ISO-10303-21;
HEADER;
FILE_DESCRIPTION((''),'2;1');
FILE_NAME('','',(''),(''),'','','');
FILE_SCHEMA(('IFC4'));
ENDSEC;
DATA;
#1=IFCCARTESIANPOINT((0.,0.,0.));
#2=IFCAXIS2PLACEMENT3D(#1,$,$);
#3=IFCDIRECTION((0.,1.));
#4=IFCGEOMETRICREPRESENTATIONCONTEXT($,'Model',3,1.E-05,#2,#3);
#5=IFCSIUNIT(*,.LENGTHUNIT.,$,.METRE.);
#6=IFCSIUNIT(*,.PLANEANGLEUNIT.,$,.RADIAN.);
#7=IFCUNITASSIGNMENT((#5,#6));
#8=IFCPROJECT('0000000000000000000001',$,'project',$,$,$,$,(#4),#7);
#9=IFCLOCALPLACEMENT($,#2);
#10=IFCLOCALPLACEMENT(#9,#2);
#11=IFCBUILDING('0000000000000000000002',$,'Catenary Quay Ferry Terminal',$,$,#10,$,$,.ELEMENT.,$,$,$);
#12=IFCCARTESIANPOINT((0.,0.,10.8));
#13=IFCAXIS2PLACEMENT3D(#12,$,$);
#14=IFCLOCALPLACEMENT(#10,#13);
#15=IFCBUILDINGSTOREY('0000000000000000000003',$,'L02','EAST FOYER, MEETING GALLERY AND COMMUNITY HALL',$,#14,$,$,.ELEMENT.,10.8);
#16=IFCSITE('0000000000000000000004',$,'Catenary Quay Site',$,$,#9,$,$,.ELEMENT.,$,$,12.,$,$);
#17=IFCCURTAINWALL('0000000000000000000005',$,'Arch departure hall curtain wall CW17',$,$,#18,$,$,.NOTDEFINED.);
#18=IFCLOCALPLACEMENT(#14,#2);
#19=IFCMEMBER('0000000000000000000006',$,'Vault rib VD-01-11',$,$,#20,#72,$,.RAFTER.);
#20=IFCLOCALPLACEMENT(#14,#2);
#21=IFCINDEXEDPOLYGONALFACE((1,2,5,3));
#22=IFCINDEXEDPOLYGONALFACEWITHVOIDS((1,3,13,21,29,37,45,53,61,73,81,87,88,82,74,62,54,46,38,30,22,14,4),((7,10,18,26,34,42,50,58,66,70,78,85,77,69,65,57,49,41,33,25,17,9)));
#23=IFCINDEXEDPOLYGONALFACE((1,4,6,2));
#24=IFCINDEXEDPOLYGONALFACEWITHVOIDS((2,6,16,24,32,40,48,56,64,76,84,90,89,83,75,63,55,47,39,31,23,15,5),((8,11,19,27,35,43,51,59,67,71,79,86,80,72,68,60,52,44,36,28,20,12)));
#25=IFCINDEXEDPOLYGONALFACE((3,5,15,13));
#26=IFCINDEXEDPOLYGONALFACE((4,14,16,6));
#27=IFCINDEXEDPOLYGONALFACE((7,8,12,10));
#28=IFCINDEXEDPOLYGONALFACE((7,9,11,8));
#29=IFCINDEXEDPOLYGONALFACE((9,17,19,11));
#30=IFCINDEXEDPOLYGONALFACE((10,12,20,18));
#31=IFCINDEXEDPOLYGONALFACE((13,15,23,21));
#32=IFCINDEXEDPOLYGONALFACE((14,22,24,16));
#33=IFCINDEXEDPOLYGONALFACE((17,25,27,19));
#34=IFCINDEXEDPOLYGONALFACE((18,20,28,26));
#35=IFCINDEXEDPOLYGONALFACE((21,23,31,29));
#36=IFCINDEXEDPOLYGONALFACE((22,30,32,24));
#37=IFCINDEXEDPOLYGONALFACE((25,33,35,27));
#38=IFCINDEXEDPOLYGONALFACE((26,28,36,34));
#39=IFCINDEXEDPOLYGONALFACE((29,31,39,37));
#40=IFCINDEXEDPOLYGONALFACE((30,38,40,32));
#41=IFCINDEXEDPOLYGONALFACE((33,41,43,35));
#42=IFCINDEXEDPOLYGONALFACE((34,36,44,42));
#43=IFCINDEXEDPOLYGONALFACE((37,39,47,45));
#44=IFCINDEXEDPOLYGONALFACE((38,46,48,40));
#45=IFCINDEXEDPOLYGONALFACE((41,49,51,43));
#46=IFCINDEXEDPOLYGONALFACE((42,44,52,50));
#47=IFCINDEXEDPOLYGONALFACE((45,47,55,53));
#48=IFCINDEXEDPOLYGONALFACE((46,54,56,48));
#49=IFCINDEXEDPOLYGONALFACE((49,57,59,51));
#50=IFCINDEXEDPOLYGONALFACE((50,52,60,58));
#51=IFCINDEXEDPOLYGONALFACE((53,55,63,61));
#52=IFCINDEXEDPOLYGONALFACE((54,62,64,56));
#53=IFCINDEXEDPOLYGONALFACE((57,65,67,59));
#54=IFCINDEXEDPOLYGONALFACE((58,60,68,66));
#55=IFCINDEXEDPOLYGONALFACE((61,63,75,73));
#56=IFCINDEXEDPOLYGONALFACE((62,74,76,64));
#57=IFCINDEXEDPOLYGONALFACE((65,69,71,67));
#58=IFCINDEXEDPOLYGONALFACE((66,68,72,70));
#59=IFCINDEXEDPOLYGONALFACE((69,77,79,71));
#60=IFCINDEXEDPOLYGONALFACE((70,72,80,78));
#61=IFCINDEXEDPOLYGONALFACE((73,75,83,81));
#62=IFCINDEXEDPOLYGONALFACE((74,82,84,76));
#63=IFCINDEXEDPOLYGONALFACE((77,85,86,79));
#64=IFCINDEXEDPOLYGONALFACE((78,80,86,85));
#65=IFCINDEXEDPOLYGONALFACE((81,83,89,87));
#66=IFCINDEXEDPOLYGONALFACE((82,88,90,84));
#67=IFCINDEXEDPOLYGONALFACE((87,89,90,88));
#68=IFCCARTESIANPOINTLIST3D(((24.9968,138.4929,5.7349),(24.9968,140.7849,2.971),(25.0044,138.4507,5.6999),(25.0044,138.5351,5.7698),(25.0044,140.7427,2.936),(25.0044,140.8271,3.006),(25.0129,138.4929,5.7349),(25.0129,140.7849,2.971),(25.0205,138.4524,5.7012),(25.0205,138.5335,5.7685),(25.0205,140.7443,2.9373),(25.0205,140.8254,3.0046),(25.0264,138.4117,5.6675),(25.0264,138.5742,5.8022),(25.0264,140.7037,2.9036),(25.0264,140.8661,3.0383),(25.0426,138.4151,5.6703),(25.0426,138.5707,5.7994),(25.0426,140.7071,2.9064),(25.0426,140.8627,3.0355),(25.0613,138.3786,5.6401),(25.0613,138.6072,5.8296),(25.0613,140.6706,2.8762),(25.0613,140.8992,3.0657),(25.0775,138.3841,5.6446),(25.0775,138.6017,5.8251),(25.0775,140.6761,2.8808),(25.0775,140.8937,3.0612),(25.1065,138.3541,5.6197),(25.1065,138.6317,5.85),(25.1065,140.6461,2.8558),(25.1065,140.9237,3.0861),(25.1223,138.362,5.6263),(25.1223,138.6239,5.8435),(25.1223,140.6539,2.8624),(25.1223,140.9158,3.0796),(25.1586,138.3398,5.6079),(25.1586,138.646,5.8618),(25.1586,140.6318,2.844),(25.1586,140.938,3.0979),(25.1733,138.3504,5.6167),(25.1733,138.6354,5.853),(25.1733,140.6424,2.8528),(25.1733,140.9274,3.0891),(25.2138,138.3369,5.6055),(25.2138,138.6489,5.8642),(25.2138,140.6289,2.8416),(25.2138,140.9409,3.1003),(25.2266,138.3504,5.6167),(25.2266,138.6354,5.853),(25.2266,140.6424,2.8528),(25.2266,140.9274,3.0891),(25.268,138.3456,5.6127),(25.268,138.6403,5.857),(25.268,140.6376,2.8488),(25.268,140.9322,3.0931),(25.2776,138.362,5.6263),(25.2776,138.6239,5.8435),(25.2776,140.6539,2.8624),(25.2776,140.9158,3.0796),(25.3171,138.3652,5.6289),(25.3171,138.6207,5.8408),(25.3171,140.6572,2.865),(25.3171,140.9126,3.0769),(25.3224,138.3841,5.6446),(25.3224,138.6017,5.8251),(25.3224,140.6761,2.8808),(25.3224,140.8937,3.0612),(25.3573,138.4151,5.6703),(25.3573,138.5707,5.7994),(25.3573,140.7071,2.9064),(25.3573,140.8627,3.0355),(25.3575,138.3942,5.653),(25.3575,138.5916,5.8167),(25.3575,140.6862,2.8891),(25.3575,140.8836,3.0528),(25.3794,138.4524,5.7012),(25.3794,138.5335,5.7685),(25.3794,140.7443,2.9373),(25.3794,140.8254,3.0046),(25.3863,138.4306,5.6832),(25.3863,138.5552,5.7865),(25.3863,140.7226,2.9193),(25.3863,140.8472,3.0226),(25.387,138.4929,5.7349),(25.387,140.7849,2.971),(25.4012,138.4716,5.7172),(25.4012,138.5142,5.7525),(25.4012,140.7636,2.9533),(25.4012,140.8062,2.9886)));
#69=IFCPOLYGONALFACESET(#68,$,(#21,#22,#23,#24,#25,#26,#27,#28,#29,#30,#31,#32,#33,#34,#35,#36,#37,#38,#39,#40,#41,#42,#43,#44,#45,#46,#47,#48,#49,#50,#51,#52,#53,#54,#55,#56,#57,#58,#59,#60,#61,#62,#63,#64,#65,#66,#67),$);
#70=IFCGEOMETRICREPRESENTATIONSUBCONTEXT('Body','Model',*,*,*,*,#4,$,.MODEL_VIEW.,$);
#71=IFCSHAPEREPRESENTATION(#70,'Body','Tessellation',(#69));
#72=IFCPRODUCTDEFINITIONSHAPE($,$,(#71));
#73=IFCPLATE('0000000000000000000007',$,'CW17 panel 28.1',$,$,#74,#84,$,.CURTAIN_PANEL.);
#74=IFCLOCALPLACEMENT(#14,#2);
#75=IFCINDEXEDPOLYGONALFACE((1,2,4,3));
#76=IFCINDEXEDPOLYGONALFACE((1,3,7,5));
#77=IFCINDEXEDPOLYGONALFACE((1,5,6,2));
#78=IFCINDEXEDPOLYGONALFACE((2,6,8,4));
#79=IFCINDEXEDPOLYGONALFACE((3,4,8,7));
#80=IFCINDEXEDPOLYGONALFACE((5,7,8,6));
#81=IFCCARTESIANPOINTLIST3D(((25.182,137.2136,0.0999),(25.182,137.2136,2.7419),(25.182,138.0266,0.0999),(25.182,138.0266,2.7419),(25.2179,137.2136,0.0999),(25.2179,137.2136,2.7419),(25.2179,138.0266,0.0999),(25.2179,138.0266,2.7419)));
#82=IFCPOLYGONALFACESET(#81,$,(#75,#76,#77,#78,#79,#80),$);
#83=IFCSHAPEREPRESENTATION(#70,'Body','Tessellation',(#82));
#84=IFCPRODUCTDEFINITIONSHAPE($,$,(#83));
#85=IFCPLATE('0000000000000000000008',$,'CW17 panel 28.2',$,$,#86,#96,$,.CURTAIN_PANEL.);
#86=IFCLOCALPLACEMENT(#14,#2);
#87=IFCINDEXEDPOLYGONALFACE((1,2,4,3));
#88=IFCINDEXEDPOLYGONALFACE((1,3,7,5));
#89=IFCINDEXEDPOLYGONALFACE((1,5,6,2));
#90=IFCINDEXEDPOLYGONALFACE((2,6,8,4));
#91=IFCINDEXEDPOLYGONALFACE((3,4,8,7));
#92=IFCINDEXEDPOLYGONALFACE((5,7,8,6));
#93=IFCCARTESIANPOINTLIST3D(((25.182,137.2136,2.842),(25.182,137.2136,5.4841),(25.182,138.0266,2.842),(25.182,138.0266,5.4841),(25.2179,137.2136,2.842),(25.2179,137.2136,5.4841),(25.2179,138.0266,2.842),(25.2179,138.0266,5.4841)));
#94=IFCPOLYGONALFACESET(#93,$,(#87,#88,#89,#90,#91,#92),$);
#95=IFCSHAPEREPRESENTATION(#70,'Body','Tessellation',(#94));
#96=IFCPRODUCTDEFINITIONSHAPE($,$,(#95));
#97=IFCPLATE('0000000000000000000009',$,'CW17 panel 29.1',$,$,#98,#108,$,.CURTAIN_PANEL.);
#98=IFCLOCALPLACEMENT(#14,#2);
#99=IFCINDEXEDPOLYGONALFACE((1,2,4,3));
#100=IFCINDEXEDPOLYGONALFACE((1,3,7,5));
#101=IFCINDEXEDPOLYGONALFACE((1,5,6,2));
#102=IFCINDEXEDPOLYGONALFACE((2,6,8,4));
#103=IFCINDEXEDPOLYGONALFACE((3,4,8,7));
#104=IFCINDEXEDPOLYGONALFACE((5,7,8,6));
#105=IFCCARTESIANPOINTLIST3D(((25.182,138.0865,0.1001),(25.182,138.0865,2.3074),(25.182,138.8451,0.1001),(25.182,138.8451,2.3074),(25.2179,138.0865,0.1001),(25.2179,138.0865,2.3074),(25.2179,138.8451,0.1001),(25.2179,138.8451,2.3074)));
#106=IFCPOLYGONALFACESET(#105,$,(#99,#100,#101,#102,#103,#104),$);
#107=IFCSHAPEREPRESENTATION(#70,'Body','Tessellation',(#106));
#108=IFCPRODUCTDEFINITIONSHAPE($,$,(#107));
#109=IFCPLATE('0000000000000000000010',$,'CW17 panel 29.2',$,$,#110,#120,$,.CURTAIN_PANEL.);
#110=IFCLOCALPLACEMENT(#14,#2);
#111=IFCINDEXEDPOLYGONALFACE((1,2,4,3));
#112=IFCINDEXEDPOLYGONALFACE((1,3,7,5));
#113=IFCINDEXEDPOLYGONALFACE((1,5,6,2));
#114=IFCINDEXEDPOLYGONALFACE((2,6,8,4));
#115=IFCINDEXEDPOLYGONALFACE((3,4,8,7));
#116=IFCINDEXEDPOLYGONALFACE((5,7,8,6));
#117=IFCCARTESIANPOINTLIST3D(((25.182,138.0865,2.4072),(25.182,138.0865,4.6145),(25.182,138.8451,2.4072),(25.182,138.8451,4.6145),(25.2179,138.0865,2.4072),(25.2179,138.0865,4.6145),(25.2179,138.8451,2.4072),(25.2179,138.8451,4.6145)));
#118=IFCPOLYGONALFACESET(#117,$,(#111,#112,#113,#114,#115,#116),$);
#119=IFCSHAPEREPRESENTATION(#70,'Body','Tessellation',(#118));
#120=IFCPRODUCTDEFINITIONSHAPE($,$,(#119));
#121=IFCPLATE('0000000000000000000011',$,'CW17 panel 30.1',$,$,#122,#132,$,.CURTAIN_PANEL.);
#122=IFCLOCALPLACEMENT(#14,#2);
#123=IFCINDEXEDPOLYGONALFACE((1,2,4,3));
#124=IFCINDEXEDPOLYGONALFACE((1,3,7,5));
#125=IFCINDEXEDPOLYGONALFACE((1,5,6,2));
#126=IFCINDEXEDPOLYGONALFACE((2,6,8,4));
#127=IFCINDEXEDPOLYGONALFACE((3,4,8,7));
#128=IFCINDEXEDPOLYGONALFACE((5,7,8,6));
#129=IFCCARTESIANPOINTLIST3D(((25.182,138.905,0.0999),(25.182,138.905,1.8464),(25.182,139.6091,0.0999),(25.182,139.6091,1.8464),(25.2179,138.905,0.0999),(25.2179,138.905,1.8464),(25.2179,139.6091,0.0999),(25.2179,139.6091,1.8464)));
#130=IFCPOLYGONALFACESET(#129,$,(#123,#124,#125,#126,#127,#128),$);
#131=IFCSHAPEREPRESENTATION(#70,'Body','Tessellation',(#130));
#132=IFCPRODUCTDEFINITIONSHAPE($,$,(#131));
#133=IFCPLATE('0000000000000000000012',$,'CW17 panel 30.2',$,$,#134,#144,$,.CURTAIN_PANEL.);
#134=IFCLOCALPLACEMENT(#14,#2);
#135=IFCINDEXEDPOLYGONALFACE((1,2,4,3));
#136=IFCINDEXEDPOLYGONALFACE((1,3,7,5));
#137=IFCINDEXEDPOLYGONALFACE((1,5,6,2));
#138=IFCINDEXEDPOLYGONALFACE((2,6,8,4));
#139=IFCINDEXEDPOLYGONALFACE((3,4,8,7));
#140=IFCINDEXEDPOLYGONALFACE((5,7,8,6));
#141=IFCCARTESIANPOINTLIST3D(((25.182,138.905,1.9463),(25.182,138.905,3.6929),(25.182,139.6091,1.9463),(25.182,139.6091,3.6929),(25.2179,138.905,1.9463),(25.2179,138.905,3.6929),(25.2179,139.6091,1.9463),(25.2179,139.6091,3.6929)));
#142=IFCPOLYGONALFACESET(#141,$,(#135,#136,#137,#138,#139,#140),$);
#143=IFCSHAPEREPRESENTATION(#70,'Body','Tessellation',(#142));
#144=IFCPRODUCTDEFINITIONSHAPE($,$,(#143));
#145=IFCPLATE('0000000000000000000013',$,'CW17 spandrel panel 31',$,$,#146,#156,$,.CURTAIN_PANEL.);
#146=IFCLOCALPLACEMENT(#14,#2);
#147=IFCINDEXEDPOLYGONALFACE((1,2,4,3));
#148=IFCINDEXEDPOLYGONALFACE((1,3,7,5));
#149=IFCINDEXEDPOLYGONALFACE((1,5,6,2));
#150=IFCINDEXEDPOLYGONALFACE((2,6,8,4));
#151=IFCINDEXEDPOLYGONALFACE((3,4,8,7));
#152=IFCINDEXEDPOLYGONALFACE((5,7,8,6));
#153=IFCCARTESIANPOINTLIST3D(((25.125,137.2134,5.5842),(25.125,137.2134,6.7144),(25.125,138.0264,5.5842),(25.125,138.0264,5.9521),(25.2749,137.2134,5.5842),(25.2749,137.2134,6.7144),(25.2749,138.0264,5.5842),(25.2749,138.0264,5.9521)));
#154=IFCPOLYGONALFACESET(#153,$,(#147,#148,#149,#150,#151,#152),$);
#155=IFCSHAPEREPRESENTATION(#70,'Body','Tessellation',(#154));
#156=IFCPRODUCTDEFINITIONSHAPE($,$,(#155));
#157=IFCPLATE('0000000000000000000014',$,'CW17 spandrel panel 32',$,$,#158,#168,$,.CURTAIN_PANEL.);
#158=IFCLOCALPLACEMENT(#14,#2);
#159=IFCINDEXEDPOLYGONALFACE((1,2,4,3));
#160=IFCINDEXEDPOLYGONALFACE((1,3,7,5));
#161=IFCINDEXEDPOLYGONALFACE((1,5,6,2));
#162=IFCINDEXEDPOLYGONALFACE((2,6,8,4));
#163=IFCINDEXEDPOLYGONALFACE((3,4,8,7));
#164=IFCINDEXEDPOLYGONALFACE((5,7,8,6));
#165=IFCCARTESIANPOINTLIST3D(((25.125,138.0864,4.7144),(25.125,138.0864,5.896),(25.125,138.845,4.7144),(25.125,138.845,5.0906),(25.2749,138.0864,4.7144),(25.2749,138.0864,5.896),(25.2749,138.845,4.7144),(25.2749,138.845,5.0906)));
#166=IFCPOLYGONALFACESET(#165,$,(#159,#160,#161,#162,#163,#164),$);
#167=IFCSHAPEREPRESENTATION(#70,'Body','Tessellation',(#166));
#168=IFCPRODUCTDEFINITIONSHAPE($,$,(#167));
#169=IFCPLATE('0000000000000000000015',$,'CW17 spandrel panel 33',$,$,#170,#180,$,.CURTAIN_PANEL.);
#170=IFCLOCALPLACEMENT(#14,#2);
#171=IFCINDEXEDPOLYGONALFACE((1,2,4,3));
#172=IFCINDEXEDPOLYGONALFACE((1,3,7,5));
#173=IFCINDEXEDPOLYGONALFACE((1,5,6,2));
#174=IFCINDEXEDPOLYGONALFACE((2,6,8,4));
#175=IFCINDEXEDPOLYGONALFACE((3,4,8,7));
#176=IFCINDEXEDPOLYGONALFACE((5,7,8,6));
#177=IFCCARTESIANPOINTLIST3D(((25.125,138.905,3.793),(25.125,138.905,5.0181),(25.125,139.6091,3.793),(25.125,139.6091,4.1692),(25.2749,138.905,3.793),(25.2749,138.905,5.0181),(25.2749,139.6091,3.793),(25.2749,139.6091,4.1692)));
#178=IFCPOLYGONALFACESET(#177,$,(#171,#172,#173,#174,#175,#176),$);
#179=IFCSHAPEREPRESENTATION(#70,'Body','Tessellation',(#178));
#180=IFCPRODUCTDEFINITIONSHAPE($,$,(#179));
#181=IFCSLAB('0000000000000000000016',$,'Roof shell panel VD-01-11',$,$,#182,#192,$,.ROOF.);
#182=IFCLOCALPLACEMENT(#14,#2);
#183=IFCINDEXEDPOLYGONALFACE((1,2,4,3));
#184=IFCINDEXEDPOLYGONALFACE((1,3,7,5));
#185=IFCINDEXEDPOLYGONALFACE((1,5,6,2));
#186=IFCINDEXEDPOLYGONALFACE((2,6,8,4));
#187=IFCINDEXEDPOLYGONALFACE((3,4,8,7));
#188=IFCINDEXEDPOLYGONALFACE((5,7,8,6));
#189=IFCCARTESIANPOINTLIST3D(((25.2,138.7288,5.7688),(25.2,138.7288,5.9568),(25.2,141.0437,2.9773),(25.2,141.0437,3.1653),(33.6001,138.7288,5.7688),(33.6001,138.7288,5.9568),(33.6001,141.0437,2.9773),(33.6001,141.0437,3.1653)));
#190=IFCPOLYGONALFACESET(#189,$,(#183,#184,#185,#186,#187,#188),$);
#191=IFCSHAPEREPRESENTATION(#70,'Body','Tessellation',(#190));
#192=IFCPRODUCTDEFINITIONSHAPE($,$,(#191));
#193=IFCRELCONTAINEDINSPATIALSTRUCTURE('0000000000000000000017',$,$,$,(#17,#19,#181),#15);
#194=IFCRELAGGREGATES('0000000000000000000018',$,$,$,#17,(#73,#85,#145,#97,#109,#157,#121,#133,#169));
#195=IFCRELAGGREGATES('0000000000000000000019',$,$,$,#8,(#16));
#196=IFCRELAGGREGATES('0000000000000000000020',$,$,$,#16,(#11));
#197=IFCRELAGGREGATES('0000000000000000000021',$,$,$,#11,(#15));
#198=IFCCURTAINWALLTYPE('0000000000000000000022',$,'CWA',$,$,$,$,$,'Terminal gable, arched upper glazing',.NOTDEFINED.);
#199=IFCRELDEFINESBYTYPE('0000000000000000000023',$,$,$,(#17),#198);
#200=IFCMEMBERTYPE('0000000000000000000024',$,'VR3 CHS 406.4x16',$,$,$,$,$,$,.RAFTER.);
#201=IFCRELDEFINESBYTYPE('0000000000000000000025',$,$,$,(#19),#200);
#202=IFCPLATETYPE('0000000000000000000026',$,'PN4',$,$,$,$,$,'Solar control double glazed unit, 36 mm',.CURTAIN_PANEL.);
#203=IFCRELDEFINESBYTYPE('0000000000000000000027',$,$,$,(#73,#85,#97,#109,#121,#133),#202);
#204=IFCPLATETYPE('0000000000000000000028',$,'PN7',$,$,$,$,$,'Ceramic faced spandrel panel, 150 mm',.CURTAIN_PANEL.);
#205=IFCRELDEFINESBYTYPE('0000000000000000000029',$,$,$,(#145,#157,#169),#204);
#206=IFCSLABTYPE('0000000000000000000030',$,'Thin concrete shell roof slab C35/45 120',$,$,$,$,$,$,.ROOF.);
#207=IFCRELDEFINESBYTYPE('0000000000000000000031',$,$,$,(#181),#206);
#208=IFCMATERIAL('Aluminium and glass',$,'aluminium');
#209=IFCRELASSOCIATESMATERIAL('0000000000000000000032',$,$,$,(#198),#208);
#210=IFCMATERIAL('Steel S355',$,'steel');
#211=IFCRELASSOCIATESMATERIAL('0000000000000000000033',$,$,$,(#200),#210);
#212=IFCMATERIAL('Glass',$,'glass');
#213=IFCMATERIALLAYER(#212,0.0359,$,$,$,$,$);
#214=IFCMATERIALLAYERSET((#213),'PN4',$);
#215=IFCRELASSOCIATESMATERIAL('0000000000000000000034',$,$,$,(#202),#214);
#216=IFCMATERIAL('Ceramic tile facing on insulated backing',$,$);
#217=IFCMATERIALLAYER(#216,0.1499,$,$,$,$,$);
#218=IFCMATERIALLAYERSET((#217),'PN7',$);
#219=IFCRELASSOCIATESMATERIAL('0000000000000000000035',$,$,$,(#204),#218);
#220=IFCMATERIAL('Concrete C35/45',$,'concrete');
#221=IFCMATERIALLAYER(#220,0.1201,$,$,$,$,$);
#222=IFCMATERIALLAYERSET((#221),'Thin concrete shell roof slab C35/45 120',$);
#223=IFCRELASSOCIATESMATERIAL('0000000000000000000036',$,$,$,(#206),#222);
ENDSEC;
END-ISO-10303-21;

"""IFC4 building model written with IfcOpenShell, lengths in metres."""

from ifc_helpers import new_model, si_unit, direction, frame, origin, origin_2d, place, context, subcontext, project, spatial, polyline, rectangle, hollow_circle, outline, extrude, material, layer, layer_set, material_profile, profile_set, type_object, element, aggregate, save


model = new_model("IFC4")

# Units and contexts
model_context = context("Model", 3, precision=1e-05, world=origin(), true_north=direction((0.0, 1.0)))
body_context = subcontext(model_context, "Body", "Model", "MODEL_VIEW")
ifc_project = project(units=[si_unit("LENGTHUNIT", "METRE"), si_unit("PLANEANGLEUNIT", "RADIAN")], contexts=[model_context])

# Site, building, storey
site_placement = place(None, origin())
site = spatial("IfcSite", under=ifc_project, at=site_placement, Name="Catenary Quay Site", CompositionType="ELEMENT", RefElevation=12.0)
building_placement = place(site_placement, origin())
building = spatial("IfcBuilding", under=site, at=building_placement, Name="Catenary Quay Ferry Terminal", CompositionType="ELEMENT")
storey_placement = place(building_placement, frame((0.0, 0.0, 10.8)))
storey = spatial("IfcBuildingStorey", under=building, at=storey_placement, Name="L02", Description="EAST FOYER, MEETING GALLERY AND COMMUNITY HALL", CompositionType="ELEMENT", Elevation=10.8)

# Curtain wall
ifc_material_1 = material(Name="Aluminium and glass", Category="aluminium")
curtain_wall_type = type_object("IfcCurtainWallType", Name="CWA", ElementType="Terminal gable, arched upper glazing", PredefinedType="NOTDEFINED", material=ifc_material_1)
curtain_wall_placement = place(storey_placement, origin())
curtain_wall = element("IfcCurtainWall", 1, at=curtain_wall_placement, inside=storey, type_object=curtain_wall_type, Name="Arch departure hall curtain wall CW17", PredefinedType="NOTDEFINED")

# Member
ifc_material_2 = material(Name="Steel S355", Category="steel")
ifc_material_profile_1 = material_profile(ifc_material_2, hollow_circle(Radius=0.2031, WallThickness=0.0161, at=origin_2d()), Name="CHS 406.4x16")
ifc_profile_set_1 = profile_set([ifc_material_profile_1], Name="Steel S355")
member_type_1 = type_object("IfcMemberType", Name="VR3 CHS 406.4x16", PredefinedType="RAFTER", material=ifc_profile_set_1)
member_1_placement = place(storey_placement, frame((25.2, 138.4929, 5.7349), z_axis=(0.0, 0.63833, -0.769763), x_axis=(-1.0, 0.0, 0.0)))
element("IfcMember", 2, at=member_1_placement, inside=storey, type_object=member_type_1, Name="Vault rib VD-01-11", PredefinedType="RAFTER", context=body_context, shape_type="SweptSolid", body=[
    extrude(hollow_circle(Radius=0.2031, WallThickness=0.0161, at=origin_2d()), origin(), (0.0, 0.0, 1.0), 3.5906),
])

# Plates
ifc_material_3 = material(Name="Glass", Category="glass")
ifc_layer_1 = layer(ifc_material_3, 0.0359)
ifc_layer_set_1 = layer_set([ifc_layer_1], Name="PN4")
plate_type_1 = type_object("IfcPlateType", Name="PN4", ElementType="Solar control double glazed unit, 36 mm", PredefinedType="CURTAIN_PANEL", material=ifc_layer_set_1)
plate_1_placement = place(storey_placement, frame((25.2, 137.6201, 0.0999), z_axis=(0.0, 0.0, 1.0), x_axis=(0.0, 1.0, 0.0)))
plate_1 = element("IfcPlate", 3, at=plate_1_placement, type_object=plate_type_1, Name="CW17 panel 28.1", PredefinedType="CURTAIN_PANEL", context=body_context, shape_type="SweptSolid", body=[
    extrude(rectangle(XDim=0.813, YDim=0.0359, at=origin_2d()), origin(), (0.0, 0.0, 1.0), 2.6421),
])
plate_2_placement = place(storey_placement, frame((25.2, 137.6201, 2.842), z_axis=(0.0, 0.0, 1.0), x_axis=(0.0, 1.0, 0.0)))
plate_2 = element("IfcPlate", 4, at=plate_2_placement, type_object=plate_type_1, Name="CW17 panel 28.2", PredefinedType="CURTAIN_PANEL", context=body_context, shape_type="SweptSolid", body=[
    extrude(rectangle(XDim=0.813, YDim=0.0359, at=origin_2d()), origin(), (0.0, 0.0, 1.0), 2.6421),
])
plate_3_placement = place(storey_placement, frame((25.2, 138.4658, 0.1001), z_axis=(0.0, 0.0, 1.0), x_axis=(0.0, 1.0, 0.0)))
plate_3 = element("IfcPlate", 5, at=plate_3_placement, type_object=plate_type_1, Name="CW17 panel 29.1", PredefinedType="CURTAIN_PANEL", context=body_context, shape_type="SweptSolid", body=[
    extrude(rectangle(XDim=0.7585, YDim=0.0359, at=origin_2d()), origin(), (0.0, 0.0, 1.0), 2.2073),
])
plate_4_placement = place(storey_placement, frame((25.2, 138.4658, 2.4072), z_axis=(0.0, 0.0, 1.0), x_axis=(0.0, 1.0, 0.0)))
plate_4 = element("IfcPlate", 6, at=plate_4_placement, type_object=plate_type_1, Name="CW17 panel 29.2", PredefinedType="CURTAIN_PANEL", context=body_context, shape_type="SweptSolid", body=[
    extrude(rectangle(XDim=0.7585, YDim=0.0359, at=origin_2d()), origin(), (0.0, 0.0, 1.0), 2.2073),
])
plate_5_placement = place(storey_placement, frame((25.2, 139.2571, 0.0999), z_axis=(0.0, 0.0, 1.0), x_axis=(0.0, 1.0, 0.0)))
plate_5 = element("IfcPlate", 7, at=plate_5_placement, type_object=plate_type_1, Name="CW17 panel 30.1", PredefinedType="CURTAIN_PANEL", context=body_context, shape_type="SweptSolid", body=[
    extrude(rectangle(XDim=0.7041, YDim=0.0359, at=origin_2d()), origin(), (0.0, 0.0, 1.0), 1.7466),
])
plate_6_placement = place(storey_placement, frame((25.2, 139.2571, 1.9463), z_axis=(0.0, 0.0, 1.0), x_axis=(0.0, 1.0, 0.0)))
plate_6 = element("IfcPlate", 8, at=plate_6_placement, type_object=plate_type_1, Name="CW17 panel 30.2", PredefinedType="CURTAIN_PANEL", context=body_context, shape_type="SweptSolid", body=[
    extrude(rectangle(XDim=0.7041, YDim=0.0359, at=origin_2d()), origin(), (0.0, 0.0, 1.0), 1.7466),
])
ifc_material_4 = material(Name="Ceramic tile facing on insulated backing")
ifc_layer_2 = layer(ifc_material_4, 0.1499)
ifc_layer_set_2 = layer_set([ifc_layer_2], Name="PN7")
plate_type_2 = type_object("IfcPlateType", Name="PN7", ElementType="Ceramic faced spandrel panel, 150 mm", PredefinedType="CURTAIN_PANEL", material=ifc_layer_set_2)
plate_7_placement = place(storey_placement, frame((25.2, 137.2134, 5.5842), z_axis=(0.0, 0.0, 1.0), x_axis=(0.0, 1.0, 0.0)))
plate_7 = element("IfcPlate", 9, at=plate_7_placement, type_object=plate_type_2, Name="CW17 spandrel panel 31", PredefinedType="CURTAIN_PANEL", context=body_context, shape_type="SweptSolid", body=[
    extrude(outline(polyline([(0.0, 0.0), (0.813, 0.0), (0.813, 0.3679), (0.0, 1.1301), (0.0, 0.0)])), frame((0.0, 0.075, 0.0), z_axis=(0.0, -1.0, 0.0), x_axis=(1.0, 0.0, 0.0)), (0.0, 0.0, 1.0), 0.1499),
])
plate_8_placement = place(storey_placement, frame((25.2, 138.0864, 4.7144), z_axis=(0.0, 0.0, 1.0), x_axis=(0.0, 1.0, 0.0)))
plate_8 = element("IfcPlate", 10, at=plate_8_placement, type_object=plate_type_2, Name="CW17 spandrel panel 32", PredefinedType="CURTAIN_PANEL", context=body_context, shape_type="SweptSolid", body=[
    extrude(outline(polyline([(0.0, 0.0), (0.7585, 0.0), (0.7585, 0.3762), (0.0, 1.1816), (0.0, 0.0)])), frame((0.0, 0.075, 0.0), z_axis=(0.0, -1.0, 0.0), x_axis=(1.0, 0.0, 0.0)), (0.0, 0.0, 1.0), 0.1499),
])
plate_9_placement = place(storey_placement, frame((25.2, 138.905, 3.793), z_axis=(0.0, 0.0, 1.0), x_axis=(0.0, 1.0, 0.0)))
plate_9 = element("IfcPlate", 11, at=plate_9_placement, type_object=plate_type_2, Name="CW17 spandrel panel 33", PredefinedType="CURTAIN_PANEL", context=body_context, shape_type="SweptSolid", body=[
    extrude(outline(polyline([(0.0, 0.0), (0.7041, 0.0), (0.7041, 0.3762), (0.0, 1.2251), (0.0, 0.0)])), frame((0.0, 0.075, 0.0), z_axis=(0.0, -1.0, 0.0), x_axis=(1.0, 0.0, 0.0)), (0.0, 0.0, 1.0), 0.1499),
])
aggregate(curtain_wall, [plate_1, plate_2, plate_7, plate_3, plate_4, plate_8, plate_5, plate_6, plate_9])

# Slab
ifc_material_5 = material(Name="Concrete C35/45", Category="concrete")
ifc_layer_3 = layer(ifc_material_5, 0.1201)
ifc_layer_set_3 = layer_set([ifc_layer_3], Name="Thin concrete shell roof slab C35/45 120")
slab_type = type_object("IfcSlabType", Name="Thin concrete shell roof slab C35/45 120", PredefinedType="ROOF", material=ifc_layer_set_3)
slab_placement = place(storey_placement, frame((25.2, 138.7288, 5.9568), z_axis=(0.0, 0.769753, 0.638342), x_axis=(1.0, 0.0, 0.0)))
element("IfcSlab", 12, at=slab_placement, inside=storey, type_object=slab_type, Name="Roof shell panel VD-01-11", PredefinedType="ROOF", context=body_context, shape_type="SweptSolid", body=[
    extrude(outline(polyline([(0.0, 0.0), (8.4001, 0.0), (8.4001, 3.6265), (0.0, 3.6265), (0.0, 0.0)])), origin(), (0.0, 0.769753, -0.638342), 0.188),
])

save(model, "model.ifc")
